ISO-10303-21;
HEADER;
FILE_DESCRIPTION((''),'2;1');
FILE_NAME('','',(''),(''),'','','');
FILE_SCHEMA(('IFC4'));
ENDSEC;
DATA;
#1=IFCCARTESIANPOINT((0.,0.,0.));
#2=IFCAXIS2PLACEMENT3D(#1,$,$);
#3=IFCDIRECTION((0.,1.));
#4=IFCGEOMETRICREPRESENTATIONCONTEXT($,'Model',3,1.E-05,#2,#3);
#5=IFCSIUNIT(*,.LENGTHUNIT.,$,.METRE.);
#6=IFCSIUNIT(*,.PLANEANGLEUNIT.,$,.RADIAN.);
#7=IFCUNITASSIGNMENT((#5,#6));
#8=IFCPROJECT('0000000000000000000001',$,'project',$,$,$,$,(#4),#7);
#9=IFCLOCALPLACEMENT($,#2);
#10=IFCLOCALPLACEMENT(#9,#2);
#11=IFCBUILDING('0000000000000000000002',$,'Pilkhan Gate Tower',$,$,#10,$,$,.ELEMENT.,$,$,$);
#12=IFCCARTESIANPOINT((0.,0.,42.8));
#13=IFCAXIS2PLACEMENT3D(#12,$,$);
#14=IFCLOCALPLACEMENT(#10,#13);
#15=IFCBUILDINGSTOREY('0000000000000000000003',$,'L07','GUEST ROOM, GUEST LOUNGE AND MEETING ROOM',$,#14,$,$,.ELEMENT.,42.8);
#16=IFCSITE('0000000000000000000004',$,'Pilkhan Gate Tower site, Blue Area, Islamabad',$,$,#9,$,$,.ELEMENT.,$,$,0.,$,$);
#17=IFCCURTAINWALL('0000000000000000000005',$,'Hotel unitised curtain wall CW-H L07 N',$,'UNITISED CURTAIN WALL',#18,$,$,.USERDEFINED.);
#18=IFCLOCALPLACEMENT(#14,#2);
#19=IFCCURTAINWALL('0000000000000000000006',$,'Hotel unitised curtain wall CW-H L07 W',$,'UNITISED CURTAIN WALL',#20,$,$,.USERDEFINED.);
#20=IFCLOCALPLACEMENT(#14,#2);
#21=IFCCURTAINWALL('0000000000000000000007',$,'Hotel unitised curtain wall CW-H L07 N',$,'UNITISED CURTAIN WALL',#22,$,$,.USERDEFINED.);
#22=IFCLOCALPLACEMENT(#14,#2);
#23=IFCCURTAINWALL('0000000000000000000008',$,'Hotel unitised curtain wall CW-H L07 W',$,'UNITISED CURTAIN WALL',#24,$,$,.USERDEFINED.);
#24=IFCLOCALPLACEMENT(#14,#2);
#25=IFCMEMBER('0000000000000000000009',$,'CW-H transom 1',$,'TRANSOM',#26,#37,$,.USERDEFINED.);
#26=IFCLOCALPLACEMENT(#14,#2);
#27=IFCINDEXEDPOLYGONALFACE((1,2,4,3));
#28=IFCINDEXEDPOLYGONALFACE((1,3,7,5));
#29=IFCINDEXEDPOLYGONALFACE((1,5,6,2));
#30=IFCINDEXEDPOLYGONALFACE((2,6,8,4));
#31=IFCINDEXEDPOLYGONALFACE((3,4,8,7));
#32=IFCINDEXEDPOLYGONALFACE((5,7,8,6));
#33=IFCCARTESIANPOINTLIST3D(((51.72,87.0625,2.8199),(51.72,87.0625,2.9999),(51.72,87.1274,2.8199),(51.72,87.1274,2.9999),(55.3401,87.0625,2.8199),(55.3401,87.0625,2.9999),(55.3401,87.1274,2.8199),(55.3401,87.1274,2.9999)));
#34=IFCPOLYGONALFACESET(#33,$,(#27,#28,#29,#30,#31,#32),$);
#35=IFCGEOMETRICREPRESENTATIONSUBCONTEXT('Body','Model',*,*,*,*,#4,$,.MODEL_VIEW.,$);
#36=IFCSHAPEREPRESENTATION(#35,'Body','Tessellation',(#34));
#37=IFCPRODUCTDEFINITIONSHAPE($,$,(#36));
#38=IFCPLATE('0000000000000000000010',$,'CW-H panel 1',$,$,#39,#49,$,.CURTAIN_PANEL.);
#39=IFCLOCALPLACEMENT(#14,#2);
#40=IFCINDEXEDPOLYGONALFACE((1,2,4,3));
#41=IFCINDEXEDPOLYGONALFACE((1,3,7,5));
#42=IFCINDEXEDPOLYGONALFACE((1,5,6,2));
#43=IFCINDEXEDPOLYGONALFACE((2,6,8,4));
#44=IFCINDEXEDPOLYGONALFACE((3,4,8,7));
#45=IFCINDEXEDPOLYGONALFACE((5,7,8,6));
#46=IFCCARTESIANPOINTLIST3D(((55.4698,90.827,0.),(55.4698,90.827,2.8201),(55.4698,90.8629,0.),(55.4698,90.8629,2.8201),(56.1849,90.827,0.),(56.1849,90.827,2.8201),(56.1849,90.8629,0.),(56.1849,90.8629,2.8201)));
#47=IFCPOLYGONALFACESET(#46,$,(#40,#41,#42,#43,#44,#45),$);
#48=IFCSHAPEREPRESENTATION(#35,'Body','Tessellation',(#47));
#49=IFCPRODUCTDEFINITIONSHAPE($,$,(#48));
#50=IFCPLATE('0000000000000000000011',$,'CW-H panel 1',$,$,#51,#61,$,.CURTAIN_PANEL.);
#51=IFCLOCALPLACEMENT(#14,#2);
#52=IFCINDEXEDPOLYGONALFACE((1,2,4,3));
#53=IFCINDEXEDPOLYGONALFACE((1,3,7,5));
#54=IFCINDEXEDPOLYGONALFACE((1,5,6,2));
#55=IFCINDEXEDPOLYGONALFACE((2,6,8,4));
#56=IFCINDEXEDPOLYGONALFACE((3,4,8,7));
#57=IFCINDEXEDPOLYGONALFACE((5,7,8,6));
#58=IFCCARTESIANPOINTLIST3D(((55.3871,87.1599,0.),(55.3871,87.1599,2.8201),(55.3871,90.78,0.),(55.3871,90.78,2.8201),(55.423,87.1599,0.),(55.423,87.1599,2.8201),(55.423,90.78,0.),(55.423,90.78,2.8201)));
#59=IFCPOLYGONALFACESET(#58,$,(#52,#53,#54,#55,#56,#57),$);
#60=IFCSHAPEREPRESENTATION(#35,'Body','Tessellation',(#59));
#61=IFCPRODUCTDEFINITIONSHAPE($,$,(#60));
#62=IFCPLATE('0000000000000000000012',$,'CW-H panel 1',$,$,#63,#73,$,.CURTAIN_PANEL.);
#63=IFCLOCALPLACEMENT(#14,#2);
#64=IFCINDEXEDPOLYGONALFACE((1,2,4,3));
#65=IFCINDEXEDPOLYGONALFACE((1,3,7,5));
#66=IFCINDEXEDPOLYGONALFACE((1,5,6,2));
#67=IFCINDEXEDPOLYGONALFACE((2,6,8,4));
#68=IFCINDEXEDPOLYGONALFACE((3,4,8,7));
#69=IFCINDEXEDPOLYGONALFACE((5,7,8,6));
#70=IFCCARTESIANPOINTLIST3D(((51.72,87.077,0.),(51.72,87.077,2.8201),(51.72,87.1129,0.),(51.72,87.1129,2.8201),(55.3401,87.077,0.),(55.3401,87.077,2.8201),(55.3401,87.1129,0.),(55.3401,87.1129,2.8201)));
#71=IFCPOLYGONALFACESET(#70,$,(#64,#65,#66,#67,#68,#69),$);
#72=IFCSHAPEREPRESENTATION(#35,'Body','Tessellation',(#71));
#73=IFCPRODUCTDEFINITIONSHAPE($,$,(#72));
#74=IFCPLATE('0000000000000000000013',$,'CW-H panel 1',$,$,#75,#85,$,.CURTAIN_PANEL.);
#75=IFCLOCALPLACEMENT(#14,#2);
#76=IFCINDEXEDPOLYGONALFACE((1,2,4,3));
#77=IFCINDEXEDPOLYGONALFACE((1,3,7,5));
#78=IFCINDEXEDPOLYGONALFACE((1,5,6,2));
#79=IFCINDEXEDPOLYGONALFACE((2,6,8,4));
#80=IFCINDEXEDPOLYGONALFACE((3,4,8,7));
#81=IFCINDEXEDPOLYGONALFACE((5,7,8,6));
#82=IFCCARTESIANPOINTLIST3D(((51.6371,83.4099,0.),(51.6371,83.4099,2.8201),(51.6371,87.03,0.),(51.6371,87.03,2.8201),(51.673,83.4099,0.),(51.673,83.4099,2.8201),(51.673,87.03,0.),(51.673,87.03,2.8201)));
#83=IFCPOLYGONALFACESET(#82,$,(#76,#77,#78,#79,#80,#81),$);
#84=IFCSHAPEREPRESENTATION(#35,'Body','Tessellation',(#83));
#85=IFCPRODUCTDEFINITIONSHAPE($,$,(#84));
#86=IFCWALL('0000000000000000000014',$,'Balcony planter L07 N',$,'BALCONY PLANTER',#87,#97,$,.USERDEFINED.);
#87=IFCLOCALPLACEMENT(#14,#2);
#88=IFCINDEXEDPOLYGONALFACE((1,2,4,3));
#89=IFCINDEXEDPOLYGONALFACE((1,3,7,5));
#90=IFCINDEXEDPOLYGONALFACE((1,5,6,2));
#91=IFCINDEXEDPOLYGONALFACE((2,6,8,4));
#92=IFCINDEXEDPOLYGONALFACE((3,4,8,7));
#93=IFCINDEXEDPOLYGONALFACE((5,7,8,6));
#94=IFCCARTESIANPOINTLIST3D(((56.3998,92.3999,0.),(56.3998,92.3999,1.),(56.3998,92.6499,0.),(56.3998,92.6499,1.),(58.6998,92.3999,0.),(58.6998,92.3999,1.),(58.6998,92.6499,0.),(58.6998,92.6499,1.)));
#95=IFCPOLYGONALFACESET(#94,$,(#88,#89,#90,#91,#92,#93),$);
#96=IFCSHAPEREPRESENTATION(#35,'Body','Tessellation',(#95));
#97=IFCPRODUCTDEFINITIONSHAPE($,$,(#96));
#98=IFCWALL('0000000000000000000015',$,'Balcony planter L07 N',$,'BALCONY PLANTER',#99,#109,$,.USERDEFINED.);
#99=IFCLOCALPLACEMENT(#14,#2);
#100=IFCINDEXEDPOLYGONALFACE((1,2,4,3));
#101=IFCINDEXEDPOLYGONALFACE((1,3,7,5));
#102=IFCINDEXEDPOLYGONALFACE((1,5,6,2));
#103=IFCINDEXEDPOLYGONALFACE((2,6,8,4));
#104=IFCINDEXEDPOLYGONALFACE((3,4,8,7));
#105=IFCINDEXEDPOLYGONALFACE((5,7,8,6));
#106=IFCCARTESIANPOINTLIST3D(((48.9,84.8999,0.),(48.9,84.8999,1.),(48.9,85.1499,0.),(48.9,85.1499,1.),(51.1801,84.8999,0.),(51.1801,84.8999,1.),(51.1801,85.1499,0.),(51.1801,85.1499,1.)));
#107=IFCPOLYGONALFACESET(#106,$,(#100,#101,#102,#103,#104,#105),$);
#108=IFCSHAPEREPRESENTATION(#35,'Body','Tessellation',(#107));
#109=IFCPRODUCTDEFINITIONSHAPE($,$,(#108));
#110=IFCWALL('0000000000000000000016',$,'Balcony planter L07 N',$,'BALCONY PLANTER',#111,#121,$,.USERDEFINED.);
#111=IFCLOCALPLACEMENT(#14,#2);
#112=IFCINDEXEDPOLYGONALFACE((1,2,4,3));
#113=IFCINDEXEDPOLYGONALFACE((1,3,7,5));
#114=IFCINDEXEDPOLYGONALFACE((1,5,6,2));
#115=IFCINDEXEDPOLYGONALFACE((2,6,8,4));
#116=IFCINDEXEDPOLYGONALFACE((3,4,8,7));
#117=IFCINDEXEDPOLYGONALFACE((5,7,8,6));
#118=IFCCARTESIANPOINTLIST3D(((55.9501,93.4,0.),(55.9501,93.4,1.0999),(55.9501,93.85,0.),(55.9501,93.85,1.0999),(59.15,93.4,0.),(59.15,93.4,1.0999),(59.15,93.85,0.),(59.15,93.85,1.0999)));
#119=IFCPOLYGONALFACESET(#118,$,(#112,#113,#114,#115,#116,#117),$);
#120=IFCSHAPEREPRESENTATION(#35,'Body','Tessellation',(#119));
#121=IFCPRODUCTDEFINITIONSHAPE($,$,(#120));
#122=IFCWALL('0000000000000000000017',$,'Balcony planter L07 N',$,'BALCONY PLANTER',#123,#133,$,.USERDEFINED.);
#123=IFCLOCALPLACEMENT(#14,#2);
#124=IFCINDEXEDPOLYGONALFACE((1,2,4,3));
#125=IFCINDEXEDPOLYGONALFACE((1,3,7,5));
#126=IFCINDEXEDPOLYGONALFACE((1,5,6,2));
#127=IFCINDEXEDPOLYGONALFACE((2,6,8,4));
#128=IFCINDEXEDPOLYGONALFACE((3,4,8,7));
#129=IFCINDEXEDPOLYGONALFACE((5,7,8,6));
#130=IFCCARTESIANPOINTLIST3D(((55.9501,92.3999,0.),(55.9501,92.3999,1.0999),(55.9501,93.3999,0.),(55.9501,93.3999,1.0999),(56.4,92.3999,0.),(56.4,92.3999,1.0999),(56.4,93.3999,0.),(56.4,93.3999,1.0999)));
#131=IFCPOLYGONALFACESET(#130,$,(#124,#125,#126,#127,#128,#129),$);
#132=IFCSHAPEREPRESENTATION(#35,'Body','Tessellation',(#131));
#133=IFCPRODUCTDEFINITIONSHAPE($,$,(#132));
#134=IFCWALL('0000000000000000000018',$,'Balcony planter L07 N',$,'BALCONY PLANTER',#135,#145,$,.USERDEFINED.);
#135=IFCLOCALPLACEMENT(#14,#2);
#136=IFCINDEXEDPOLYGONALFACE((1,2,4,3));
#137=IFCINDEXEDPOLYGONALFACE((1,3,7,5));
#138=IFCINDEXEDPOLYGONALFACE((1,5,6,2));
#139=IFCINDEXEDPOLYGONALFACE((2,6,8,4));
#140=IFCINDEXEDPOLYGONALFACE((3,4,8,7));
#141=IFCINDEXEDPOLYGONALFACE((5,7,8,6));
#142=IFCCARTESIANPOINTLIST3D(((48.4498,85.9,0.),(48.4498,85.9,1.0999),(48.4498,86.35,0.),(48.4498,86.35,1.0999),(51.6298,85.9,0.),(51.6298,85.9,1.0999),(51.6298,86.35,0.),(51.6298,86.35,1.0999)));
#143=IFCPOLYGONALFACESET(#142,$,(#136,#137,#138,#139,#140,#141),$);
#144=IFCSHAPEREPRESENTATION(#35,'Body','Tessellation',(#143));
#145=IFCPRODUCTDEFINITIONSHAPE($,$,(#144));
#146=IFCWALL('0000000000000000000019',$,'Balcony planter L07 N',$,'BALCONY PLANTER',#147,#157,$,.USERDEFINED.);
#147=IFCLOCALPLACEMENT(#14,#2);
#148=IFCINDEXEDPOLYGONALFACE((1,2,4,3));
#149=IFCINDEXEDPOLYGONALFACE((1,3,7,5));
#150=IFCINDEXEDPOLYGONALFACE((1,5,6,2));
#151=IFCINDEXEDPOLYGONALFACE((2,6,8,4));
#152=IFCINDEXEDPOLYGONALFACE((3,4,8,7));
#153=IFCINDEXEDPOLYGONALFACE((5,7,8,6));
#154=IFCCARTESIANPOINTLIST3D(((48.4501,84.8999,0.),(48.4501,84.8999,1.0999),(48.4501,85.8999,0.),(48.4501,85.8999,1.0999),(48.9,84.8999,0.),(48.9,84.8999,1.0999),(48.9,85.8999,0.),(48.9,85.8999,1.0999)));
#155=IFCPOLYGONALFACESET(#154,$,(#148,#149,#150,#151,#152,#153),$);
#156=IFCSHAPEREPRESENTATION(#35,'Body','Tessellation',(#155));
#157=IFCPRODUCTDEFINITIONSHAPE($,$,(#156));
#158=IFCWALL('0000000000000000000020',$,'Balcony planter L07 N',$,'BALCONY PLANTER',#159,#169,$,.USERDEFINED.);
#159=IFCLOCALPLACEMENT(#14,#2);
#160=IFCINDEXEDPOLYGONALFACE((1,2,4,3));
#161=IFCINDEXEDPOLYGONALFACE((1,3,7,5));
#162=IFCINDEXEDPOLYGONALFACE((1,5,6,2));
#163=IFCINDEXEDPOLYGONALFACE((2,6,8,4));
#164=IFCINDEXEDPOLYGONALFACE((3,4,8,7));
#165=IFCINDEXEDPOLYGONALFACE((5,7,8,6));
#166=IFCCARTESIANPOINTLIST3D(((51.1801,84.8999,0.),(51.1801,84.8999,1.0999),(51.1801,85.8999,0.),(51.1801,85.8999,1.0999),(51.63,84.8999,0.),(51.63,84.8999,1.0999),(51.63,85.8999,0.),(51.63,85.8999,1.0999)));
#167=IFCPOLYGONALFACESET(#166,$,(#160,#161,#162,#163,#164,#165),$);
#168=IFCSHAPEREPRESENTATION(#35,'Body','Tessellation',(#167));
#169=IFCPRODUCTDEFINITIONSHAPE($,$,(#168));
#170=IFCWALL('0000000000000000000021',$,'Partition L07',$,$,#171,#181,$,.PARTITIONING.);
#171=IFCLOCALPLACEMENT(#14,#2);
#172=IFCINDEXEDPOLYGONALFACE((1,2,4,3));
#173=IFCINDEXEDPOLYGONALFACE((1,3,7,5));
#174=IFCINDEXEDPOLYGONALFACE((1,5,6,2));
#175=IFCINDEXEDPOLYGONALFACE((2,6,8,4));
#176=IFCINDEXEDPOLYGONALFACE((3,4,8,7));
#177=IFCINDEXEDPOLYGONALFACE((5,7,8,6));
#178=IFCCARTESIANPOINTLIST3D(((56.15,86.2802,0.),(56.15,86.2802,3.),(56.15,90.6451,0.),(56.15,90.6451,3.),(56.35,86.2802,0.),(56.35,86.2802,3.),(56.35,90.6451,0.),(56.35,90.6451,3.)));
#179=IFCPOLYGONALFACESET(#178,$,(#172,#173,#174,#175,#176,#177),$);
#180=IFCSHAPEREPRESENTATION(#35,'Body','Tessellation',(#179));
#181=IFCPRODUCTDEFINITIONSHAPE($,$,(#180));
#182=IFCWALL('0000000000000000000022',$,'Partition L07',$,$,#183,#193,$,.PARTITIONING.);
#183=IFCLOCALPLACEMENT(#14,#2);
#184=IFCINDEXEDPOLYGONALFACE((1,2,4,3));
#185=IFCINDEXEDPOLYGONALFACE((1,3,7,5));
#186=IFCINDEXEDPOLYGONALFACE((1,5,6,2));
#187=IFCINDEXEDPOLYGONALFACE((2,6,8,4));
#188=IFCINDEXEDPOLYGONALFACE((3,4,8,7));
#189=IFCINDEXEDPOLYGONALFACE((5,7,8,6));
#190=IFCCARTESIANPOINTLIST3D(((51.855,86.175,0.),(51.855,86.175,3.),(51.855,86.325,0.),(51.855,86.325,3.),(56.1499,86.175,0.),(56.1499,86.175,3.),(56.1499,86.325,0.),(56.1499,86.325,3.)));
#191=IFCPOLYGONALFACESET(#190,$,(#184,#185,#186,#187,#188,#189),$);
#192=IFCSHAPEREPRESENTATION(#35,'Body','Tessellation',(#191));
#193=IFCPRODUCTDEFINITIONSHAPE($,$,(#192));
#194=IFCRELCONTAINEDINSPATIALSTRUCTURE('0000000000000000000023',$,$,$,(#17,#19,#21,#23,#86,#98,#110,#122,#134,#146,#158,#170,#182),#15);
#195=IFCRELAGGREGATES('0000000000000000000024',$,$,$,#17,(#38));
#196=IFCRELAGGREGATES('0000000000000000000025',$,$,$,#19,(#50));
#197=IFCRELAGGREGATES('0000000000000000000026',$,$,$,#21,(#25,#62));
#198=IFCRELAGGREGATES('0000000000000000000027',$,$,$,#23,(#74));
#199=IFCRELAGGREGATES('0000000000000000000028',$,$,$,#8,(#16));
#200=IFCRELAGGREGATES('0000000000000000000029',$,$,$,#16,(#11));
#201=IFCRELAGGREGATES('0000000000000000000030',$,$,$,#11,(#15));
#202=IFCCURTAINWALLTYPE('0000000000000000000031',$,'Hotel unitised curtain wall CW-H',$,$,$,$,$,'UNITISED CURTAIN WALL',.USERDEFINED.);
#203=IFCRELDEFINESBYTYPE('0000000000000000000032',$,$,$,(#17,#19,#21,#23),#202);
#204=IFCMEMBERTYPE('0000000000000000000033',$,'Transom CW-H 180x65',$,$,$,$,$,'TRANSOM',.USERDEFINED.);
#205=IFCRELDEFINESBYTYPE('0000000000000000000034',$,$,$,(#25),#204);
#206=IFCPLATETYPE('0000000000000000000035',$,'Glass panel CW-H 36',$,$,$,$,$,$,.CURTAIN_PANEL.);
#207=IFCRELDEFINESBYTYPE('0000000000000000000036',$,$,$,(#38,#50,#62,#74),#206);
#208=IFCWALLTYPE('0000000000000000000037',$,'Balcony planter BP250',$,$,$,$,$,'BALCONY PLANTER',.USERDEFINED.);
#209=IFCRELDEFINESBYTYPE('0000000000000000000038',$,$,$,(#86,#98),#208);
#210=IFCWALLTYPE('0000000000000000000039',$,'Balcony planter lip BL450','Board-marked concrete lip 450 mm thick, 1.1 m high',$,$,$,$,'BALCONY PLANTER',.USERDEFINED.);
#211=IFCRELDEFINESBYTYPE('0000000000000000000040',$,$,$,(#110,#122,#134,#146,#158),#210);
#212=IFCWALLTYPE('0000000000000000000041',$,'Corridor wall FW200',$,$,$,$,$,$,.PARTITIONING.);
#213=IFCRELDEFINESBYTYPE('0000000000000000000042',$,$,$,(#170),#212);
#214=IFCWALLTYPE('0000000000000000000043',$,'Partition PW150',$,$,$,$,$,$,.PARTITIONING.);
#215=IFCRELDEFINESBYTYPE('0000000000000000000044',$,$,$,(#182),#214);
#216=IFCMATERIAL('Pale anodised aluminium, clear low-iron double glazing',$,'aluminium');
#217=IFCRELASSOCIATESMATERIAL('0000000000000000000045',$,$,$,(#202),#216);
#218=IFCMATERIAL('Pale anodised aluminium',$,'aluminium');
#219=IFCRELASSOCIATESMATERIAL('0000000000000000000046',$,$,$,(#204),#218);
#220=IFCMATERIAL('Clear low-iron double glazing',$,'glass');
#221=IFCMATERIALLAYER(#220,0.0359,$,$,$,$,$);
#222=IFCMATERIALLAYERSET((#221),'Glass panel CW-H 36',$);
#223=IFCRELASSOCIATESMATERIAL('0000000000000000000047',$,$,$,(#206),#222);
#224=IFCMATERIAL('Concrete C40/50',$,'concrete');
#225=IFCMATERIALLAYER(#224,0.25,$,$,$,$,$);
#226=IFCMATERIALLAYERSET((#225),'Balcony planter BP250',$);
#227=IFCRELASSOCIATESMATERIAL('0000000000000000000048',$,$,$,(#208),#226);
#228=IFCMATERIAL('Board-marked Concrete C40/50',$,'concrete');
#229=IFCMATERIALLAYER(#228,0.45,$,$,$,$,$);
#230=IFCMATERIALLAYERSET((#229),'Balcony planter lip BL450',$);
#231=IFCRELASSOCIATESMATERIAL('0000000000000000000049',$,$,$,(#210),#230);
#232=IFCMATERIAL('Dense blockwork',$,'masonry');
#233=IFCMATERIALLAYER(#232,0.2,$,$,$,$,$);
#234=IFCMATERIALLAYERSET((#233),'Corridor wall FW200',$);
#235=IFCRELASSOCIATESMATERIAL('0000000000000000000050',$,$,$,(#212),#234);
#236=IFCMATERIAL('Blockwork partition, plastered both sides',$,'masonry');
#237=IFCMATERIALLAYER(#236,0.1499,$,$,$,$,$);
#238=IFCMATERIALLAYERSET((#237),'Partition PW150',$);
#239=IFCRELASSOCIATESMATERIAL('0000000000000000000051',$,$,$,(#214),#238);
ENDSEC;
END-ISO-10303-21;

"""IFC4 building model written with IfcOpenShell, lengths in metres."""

from ifc_helpers import new_model, si_unit, direction, frame, frame_2d, origin, origin_2d, place, context, subcontext, project, spatial, rectangle, extrude, material, layer, layer_set, material_profile, profile_set, type_object, element, aggregate, save


model = new_model("IFC4")

# Units and contexts
model_context = context("Model", 3, precision=1e-05, world=origin(), true_north=direction((0.0, 1.0)))
body_context = subcontext(model_context, "Body", "Model", "MODEL_VIEW")
ifc_project = project(units=[si_unit("LENGTHUNIT", "METRE"), si_unit("PLANEANGLEUNIT", "RADIAN")], contexts=[model_context])

# Site, building, storey
site_placement = place(None, origin())
site = spatial("IfcSite", under=ifc_project, at=site_placement, Name="Pilkhan Gate Tower site, Blue Area, Islamabad", CompositionType="ELEMENT", RefElevation=0.0)
building_placement = place(site_placement, origin())
building = spatial("IfcBuilding", under=site, at=building_placement, Name="Pilkhan Gate Tower", CompositionType="ELEMENT")
storey_placement = place(building_placement, frame((0.0, 0.0, 42.8)))
storey = spatial("IfcBuildingStorey", under=building, at=storey_placement, Name="L07", Description="GUEST ROOM, GUEST LOUNGE AND MEETING ROOM", CompositionType="ELEMENT", Elevation=42.8)

# Curtain walls
ifc_material_1 = material(Name="Pale anodised aluminium, clear low-iron double glazing", Category="aluminium")
curtain_wall_type = type_object("IfcCurtainWallType", Name="Hotel unitised curtain wall CW-H", ElementType="UNITISED CURTAIN WALL", PredefinedType="USERDEFINED", material=ifc_material_1)
curtain_wall_1_placement = place(storey_placement, origin())
curtain_wall_1 = element("IfcCurtainWall", 1, at=curtain_wall_1_placement, inside=storey, type_object=curtain_wall_type, Name="Hotel unitised curtain wall CW-H L07 N", ObjectType="UNITISED CURTAIN WALL", PredefinedType="USERDEFINED")
ifc_material_2 = material(Name="Pale anodised aluminium", Category="aluminium")
curtain_wall_2_placement = place(storey_placement, origin())
curtain_wall_2 = element("IfcCurtainWall", 2, at=curtain_wall_2_placement, inside=storey, type_object=curtain_wall_type, Name="Hotel unitised curtain wall CW-H L07 W", ObjectType="UNITISED CURTAIN WALL", PredefinedType="USERDEFINED")
curtain_wall_3_placement = place(storey_placement, origin())
curtain_wall_3 = element("IfcCurtainWall", 3, at=curtain_wall_3_placement, inside=storey, type_object=curtain_wall_type, Name="Hotel unitised curtain wall CW-H L07 N", ObjectType="UNITISED CURTAIN WALL", PredefinedType="USERDEFINED")

# Curtain wall
curtain_wall_4_placement = place(storey_placement, origin())
curtain_wall_4 = element("IfcCurtainWall", 4, at=curtain_wall_4_placement, inside=storey, type_object=curtain_wall_type, Name="Hotel unitised curtain wall CW-H L07 W", ObjectType="UNITISED CURTAIN WALL", PredefinedType="USERDEFINED")

# Member
ifc_material_profile_1 = material_profile(ifc_material_2, rectangle(XDim=0.0649, YDim=0.1799, at=origin_2d()), Name="Transom 180x65")
ifc_profile_set_1 = profile_set([ifc_material_profile_1], Name="Pale anodised aluminium")
member_type_1 = type_object("IfcMemberType", Name="Transom CW-H 180x65", ElementType="TRANSOM", PredefinedType="USERDEFINED", material=ifc_profile_set_1)
member_1_placement = place(storey_placement, frame((51.72, 87.095, 2.9099), z_axis=(1.0, 0.0, 0.0), x_axis=(0.0, 1.0, 0.0)))
member_1 = element("IfcMember", 5, at=member_1_placement, type_object=member_type_1, Name="CW-H transom 1", ObjectType="TRANSOM", PredefinedType="USERDEFINED", context=body_context, shape_type="SweptSolid", body=[
    extrude(rectangle(XDim=0.0649, YDim=0.1799, at=origin_2d()), origin(), (0.0, 0.0, 1.0), 3.6201),
])

# Plates
ifc_material_3 = material(Name="Clear low-iron double glazing", Category="glass")
ifc_layer_1 = layer(ifc_material_3, 0.0359)
ifc_layer_set_1 = layer_set([ifc_layer_1], Name="Glass panel CW-H 36")
plate_type = type_object("IfcPlateType", Name="Glass panel CW-H 36", PredefinedType="CURTAIN_PANEL", material=ifc_layer_set_1)
plate_1_placement = place(storey_placement, frame((55.8274, 90.845, 0.0), z_axis=(0.0, 0.0, 1.0), x_axis=(1.0, 0.0, 0.0)))
plate_1 = element("IfcPlate", 6, at=plate_1_placement, type_object=plate_type, Name="CW-H panel 1", PredefinedType="CURTAIN_PANEL", context=body_context, shape_type="SweptSolid", body=[
    extrude(rectangle(XDim=0.7151, YDim=0.0359, at=origin_2d()), origin(), (0.0, 0.0, 1.0), 2.8201),
])
aggregate(curtain_wall_1, [plate_1])
plate_2_placement = place(storey_placement, frame((55.405, 88.97, 0.0), z_axis=(0.0, 0.0, 1.0), x_axis=(0.0, 1.0, 0.0)))
plate_2 = element("IfcPlate", 7, at=plate_2_placement, type_object=plate_type, Name="CW-H panel 1", PredefinedType="CURTAIN_PANEL", context=body_context, shape_type="SweptSolid", body=[
    extrude(rectangle(XDim=3.6201, YDim=0.0359, at=origin_2d()), origin(), (0.0, 0.0, 1.0), 2.8201),
])
aggregate(curtain_wall_2, [plate_2])
plate_3_placement = place(storey_placement, frame((53.53, 87.095, 0.0), z_axis=(0.0, 0.0, 1.0), x_axis=(1.0, 0.0, 0.0)))
plate_3 = element("IfcPlate", 8, at=plate_3_placement, type_object=plate_type, Name="CW-H panel 1", PredefinedType="CURTAIN_PANEL", context=body_context, shape_type="SweptSolid", body=[
    extrude(rectangle(XDim=3.6201, YDim=0.0359, at=origin_2d()), origin(), (0.0, 0.0, 1.0), 2.8201),
])
aggregate(curtain_wall_3, [member_1, plate_3])
plate_4_placement = place(storey_placement, frame((51.655, 85.22, 0.0), z_axis=(0.0, 0.0, 1.0), x_axis=(0.0, 1.0, 0.0)))
plate_4 = element("IfcPlate", 9, at=plate_4_placement, type_object=plate_type, Name="CW-H panel 1", PredefinedType="CURTAIN_PANEL", context=body_context, shape_type="SweptSolid", body=[
    extrude(rectangle(XDim=3.6201, YDim=0.0359, at=origin_2d()), origin(), (0.0, 0.0, 1.0), 2.8201),
])
aggregate(curtain_wall_4, [plate_4])

# Walls
ifc_material_4 = material(Name="Concrete C40/50", Category="concrete")
ifc_layer_2 = layer(ifc_material_4, 0.25)
ifc_layer_set_2 = layer_set([ifc_layer_2], Name="Balcony planter BP250")
wall_type_1 = type_object("IfcWallType", Name="Balcony planter BP250", ElementType="BALCONY PLANTER", PredefinedType="USERDEFINED", material=ifc_layer_set_2)
wall_1_placement = place(storey_placement, frame((56.3999, 92.5249, 0.0), z_axis=(0.0, 0.0, 1.0), x_axis=(1.0, 0.0, 0.0)))
element("IfcWall", 10, at=wall_1_placement, inside=storey, type_object=wall_type_1, Name="Balcony planter L07 N", ObjectType="BALCONY PLANTER", PredefinedType="USERDEFINED", context=body_context, shape_type="SweptSolid", body=[
    extrude(rectangle(XDim=2.3, YDim=0.25, at=frame_2d((1.1499, 0.0))), origin(), (0.0, 0.0, 1.0), 1.0),
])
wall_2_placement = place(storey_placement, frame((48.8999, 85.0249, 0.0), z_axis=(0.0, 0.0, 1.0), x_axis=(1.0, 0.0, 0.0)))
element("IfcWall", 11, at=wall_2_placement, inside=storey, type_object=wall_type_1, Name="Balcony planter L07 N", ObjectType="BALCONY PLANTER", PredefinedType="USERDEFINED", context=body_context, shape_type="SweptSolid", body=[
    extrude(rectangle(XDim=2.28, YDim=0.25, at=frame_2d((1.1401, 0.0))), origin(), (0.0, 0.0, 1.0), 1.0),
])
ifc_material_5 = material(Name="Board-marked Concrete C40/50", Category="concrete")
ifc_layer_3 = layer(ifc_material_5, 0.45)
ifc_layer_set_3 = layer_set([ifc_layer_3], Name="Balcony planter lip BL450")
wall_type_2 = type_object("IfcWallType", Name="Balcony planter lip BL450", Description="Board-marked concrete lip 450 mm thick, 1.1 m high", ElementType="BALCONY PLANTER", PredefinedType="USERDEFINED", material=ifc_layer_set_3)
wall_3_placement = place(storey_placement, frame((55.95, 93.625, 0.0), z_axis=(0.0, 0.0, 1.0), x_axis=(1.0, 0.0, 0.0)))
element("IfcWall", 12, at=wall_3_placement, inside=storey, type_object=wall_type_2, Name="Balcony planter L07 N", ObjectType="BALCONY PLANTER", PredefinedType="USERDEFINED", context=body_context, shape_type="SweptSolid", body=[
    extrude(rectangle(XDim=3.2, YDim=0.45, at=frame_2d((1.6001, 0.0))), origin(), (0.0, 0.0, 1.0), 1.0999),
])
wall_4_placement = place(storey_placement, frame((56.175, 92.3999, 0.0), z_axis=(0.0, 0.0, 1.0), x_axis=(0.0, 1.0, 0.0)))
element("IfcWall", 13, at=wall_4_placement, inside=storey, type_object=wall_type_2, Name="Balcony planter L07 N", ObjectType="BALCONY PLANTER", PredefinedType="USERDEFINED", context=body_context, shape_type="SweptSolid", body=[
    extrude(rectangle(XDim=1.0, YDim=0.45, at=frame_2d((0.5, 0.0))), origin(), (0.0, 0.0, 1.0), 1.0999),
])
wall_5_placement = place(storey_placement, frame((48.45, 86.125, 0.0), z_axis=(0.0, 0.0, 1.0), x_axis=(1.0, 0.0, 0.0)))
element("IfcWall", 14, at=wall_5_placement, inside=storey, type_object=wall_type_2, Name="Balcony planter L07 N", ObjectType="BALCONY PLANTER", PredefinedType="USERDEFINED", context=body_context, shape_type="SweptSolid", body=[
    extrude(rectangle(XDim=3.1799, YDim=0.45, at=frame_2d((1.5898, 0.0))), origin(), (0.0, 0.0, 1.0), 1.0999),
])
for number, where, z_axis, x_axis, name in (
    (15, (48.675, 84.8999, 0.0), (0.0, 0.0, 1.0), (0.0, 1.0, 0.0), "Balcony planter L07 N"),
    (16, (51.405, 84.8999, 0.0), (0.0, 0.0, 1.0), (0.0, 1.0, 0.0), "Balcony planter L07 N"),
):
    element("IfcWall", number, at=place(storey_placement, frame(where, z_axis=z_axis, x_axis=x_axis)), inside=storey, type_object=wall_type_2, Name=name, ObjectType="BALCONY PLANTER", PredefinedType="USERDEFINED", context=body_context, shape_type="SweptSolid", body=[
        extrude(rectangle(XDim=1.0, YDim=0.45, at=frame_2d((0.5, 0.0))), origin(), (0.0, 0.0, 1.0), 1.0999),
    ])
ifc_material_6 = material(Name="Dense blockwork", Category="masonry")
ifc_layer_4 = layer(ifc_material_6, 0.2)
ifc_layer_set_4 = layer_set([ifc_layer_4], Name="Corridor wall FW200")
wall_type_3 = type_object("IfcWallType", Name="Corridor wall FW200", PredefinedType="PARTITIONING", material=ifc_layer_set_4)
wall_6_placement = place(storey_placement, frame((56.25, 86.28, 0.0), z_axis=(0.0, 0.0, 1.0), x_axis=(0.0, 1.0, 0.0)))
element("IfcWall", 17, at=wall_6_placement, inside=storey, type_object=wall_type_3, Name="Partition L07", PredefinedType="PARTITIONING", context=body_context, shape_type="SweptSolid", body=[
    extrude(rectangle(XDim=4.365, YDim=0.2, at=frame_2d((2.1826, 0.0))), origin(), (0.0, 0.0, 1.0), 3.0),
])

# Wall
ifc_material_7 = material(Name="Blockwork partition, plastered both sides", Category="masonry")
ifc_layer_5 = layer(ifc_material_7, 0.1499)
ifc_layer_set_5 = layer_set([ifc_layer_5], Name="Partition PW150")
wall_type_4 = type_object("IfcWallType", Name="Partition PW150", PredefinedType="PARTITIONING", material=ifc_layer_set_5)
wall_7_placement = place(storey_placement, frame((51.855, 86.25, 0.0), z_axis=(0.0, 0.0, 1.0), x_axis=(1.0, 0.0, 0.0)))
element("IfcWall", 18, at=wall_7_placement, inside=storey, type_object=wall_type_4, Name="Partition L07", PredefinedType="PARTITIONING", context=body_context, shape_type="SweptSolid", body=[
    extrude(rectangle(XDim=4.2949, YDim=0.1499, at=frame_2d((2.1475, 0.0))), origin(), (0.0, 0.0, 1.0), 3.0),
])

save(model, "model.ifc")
